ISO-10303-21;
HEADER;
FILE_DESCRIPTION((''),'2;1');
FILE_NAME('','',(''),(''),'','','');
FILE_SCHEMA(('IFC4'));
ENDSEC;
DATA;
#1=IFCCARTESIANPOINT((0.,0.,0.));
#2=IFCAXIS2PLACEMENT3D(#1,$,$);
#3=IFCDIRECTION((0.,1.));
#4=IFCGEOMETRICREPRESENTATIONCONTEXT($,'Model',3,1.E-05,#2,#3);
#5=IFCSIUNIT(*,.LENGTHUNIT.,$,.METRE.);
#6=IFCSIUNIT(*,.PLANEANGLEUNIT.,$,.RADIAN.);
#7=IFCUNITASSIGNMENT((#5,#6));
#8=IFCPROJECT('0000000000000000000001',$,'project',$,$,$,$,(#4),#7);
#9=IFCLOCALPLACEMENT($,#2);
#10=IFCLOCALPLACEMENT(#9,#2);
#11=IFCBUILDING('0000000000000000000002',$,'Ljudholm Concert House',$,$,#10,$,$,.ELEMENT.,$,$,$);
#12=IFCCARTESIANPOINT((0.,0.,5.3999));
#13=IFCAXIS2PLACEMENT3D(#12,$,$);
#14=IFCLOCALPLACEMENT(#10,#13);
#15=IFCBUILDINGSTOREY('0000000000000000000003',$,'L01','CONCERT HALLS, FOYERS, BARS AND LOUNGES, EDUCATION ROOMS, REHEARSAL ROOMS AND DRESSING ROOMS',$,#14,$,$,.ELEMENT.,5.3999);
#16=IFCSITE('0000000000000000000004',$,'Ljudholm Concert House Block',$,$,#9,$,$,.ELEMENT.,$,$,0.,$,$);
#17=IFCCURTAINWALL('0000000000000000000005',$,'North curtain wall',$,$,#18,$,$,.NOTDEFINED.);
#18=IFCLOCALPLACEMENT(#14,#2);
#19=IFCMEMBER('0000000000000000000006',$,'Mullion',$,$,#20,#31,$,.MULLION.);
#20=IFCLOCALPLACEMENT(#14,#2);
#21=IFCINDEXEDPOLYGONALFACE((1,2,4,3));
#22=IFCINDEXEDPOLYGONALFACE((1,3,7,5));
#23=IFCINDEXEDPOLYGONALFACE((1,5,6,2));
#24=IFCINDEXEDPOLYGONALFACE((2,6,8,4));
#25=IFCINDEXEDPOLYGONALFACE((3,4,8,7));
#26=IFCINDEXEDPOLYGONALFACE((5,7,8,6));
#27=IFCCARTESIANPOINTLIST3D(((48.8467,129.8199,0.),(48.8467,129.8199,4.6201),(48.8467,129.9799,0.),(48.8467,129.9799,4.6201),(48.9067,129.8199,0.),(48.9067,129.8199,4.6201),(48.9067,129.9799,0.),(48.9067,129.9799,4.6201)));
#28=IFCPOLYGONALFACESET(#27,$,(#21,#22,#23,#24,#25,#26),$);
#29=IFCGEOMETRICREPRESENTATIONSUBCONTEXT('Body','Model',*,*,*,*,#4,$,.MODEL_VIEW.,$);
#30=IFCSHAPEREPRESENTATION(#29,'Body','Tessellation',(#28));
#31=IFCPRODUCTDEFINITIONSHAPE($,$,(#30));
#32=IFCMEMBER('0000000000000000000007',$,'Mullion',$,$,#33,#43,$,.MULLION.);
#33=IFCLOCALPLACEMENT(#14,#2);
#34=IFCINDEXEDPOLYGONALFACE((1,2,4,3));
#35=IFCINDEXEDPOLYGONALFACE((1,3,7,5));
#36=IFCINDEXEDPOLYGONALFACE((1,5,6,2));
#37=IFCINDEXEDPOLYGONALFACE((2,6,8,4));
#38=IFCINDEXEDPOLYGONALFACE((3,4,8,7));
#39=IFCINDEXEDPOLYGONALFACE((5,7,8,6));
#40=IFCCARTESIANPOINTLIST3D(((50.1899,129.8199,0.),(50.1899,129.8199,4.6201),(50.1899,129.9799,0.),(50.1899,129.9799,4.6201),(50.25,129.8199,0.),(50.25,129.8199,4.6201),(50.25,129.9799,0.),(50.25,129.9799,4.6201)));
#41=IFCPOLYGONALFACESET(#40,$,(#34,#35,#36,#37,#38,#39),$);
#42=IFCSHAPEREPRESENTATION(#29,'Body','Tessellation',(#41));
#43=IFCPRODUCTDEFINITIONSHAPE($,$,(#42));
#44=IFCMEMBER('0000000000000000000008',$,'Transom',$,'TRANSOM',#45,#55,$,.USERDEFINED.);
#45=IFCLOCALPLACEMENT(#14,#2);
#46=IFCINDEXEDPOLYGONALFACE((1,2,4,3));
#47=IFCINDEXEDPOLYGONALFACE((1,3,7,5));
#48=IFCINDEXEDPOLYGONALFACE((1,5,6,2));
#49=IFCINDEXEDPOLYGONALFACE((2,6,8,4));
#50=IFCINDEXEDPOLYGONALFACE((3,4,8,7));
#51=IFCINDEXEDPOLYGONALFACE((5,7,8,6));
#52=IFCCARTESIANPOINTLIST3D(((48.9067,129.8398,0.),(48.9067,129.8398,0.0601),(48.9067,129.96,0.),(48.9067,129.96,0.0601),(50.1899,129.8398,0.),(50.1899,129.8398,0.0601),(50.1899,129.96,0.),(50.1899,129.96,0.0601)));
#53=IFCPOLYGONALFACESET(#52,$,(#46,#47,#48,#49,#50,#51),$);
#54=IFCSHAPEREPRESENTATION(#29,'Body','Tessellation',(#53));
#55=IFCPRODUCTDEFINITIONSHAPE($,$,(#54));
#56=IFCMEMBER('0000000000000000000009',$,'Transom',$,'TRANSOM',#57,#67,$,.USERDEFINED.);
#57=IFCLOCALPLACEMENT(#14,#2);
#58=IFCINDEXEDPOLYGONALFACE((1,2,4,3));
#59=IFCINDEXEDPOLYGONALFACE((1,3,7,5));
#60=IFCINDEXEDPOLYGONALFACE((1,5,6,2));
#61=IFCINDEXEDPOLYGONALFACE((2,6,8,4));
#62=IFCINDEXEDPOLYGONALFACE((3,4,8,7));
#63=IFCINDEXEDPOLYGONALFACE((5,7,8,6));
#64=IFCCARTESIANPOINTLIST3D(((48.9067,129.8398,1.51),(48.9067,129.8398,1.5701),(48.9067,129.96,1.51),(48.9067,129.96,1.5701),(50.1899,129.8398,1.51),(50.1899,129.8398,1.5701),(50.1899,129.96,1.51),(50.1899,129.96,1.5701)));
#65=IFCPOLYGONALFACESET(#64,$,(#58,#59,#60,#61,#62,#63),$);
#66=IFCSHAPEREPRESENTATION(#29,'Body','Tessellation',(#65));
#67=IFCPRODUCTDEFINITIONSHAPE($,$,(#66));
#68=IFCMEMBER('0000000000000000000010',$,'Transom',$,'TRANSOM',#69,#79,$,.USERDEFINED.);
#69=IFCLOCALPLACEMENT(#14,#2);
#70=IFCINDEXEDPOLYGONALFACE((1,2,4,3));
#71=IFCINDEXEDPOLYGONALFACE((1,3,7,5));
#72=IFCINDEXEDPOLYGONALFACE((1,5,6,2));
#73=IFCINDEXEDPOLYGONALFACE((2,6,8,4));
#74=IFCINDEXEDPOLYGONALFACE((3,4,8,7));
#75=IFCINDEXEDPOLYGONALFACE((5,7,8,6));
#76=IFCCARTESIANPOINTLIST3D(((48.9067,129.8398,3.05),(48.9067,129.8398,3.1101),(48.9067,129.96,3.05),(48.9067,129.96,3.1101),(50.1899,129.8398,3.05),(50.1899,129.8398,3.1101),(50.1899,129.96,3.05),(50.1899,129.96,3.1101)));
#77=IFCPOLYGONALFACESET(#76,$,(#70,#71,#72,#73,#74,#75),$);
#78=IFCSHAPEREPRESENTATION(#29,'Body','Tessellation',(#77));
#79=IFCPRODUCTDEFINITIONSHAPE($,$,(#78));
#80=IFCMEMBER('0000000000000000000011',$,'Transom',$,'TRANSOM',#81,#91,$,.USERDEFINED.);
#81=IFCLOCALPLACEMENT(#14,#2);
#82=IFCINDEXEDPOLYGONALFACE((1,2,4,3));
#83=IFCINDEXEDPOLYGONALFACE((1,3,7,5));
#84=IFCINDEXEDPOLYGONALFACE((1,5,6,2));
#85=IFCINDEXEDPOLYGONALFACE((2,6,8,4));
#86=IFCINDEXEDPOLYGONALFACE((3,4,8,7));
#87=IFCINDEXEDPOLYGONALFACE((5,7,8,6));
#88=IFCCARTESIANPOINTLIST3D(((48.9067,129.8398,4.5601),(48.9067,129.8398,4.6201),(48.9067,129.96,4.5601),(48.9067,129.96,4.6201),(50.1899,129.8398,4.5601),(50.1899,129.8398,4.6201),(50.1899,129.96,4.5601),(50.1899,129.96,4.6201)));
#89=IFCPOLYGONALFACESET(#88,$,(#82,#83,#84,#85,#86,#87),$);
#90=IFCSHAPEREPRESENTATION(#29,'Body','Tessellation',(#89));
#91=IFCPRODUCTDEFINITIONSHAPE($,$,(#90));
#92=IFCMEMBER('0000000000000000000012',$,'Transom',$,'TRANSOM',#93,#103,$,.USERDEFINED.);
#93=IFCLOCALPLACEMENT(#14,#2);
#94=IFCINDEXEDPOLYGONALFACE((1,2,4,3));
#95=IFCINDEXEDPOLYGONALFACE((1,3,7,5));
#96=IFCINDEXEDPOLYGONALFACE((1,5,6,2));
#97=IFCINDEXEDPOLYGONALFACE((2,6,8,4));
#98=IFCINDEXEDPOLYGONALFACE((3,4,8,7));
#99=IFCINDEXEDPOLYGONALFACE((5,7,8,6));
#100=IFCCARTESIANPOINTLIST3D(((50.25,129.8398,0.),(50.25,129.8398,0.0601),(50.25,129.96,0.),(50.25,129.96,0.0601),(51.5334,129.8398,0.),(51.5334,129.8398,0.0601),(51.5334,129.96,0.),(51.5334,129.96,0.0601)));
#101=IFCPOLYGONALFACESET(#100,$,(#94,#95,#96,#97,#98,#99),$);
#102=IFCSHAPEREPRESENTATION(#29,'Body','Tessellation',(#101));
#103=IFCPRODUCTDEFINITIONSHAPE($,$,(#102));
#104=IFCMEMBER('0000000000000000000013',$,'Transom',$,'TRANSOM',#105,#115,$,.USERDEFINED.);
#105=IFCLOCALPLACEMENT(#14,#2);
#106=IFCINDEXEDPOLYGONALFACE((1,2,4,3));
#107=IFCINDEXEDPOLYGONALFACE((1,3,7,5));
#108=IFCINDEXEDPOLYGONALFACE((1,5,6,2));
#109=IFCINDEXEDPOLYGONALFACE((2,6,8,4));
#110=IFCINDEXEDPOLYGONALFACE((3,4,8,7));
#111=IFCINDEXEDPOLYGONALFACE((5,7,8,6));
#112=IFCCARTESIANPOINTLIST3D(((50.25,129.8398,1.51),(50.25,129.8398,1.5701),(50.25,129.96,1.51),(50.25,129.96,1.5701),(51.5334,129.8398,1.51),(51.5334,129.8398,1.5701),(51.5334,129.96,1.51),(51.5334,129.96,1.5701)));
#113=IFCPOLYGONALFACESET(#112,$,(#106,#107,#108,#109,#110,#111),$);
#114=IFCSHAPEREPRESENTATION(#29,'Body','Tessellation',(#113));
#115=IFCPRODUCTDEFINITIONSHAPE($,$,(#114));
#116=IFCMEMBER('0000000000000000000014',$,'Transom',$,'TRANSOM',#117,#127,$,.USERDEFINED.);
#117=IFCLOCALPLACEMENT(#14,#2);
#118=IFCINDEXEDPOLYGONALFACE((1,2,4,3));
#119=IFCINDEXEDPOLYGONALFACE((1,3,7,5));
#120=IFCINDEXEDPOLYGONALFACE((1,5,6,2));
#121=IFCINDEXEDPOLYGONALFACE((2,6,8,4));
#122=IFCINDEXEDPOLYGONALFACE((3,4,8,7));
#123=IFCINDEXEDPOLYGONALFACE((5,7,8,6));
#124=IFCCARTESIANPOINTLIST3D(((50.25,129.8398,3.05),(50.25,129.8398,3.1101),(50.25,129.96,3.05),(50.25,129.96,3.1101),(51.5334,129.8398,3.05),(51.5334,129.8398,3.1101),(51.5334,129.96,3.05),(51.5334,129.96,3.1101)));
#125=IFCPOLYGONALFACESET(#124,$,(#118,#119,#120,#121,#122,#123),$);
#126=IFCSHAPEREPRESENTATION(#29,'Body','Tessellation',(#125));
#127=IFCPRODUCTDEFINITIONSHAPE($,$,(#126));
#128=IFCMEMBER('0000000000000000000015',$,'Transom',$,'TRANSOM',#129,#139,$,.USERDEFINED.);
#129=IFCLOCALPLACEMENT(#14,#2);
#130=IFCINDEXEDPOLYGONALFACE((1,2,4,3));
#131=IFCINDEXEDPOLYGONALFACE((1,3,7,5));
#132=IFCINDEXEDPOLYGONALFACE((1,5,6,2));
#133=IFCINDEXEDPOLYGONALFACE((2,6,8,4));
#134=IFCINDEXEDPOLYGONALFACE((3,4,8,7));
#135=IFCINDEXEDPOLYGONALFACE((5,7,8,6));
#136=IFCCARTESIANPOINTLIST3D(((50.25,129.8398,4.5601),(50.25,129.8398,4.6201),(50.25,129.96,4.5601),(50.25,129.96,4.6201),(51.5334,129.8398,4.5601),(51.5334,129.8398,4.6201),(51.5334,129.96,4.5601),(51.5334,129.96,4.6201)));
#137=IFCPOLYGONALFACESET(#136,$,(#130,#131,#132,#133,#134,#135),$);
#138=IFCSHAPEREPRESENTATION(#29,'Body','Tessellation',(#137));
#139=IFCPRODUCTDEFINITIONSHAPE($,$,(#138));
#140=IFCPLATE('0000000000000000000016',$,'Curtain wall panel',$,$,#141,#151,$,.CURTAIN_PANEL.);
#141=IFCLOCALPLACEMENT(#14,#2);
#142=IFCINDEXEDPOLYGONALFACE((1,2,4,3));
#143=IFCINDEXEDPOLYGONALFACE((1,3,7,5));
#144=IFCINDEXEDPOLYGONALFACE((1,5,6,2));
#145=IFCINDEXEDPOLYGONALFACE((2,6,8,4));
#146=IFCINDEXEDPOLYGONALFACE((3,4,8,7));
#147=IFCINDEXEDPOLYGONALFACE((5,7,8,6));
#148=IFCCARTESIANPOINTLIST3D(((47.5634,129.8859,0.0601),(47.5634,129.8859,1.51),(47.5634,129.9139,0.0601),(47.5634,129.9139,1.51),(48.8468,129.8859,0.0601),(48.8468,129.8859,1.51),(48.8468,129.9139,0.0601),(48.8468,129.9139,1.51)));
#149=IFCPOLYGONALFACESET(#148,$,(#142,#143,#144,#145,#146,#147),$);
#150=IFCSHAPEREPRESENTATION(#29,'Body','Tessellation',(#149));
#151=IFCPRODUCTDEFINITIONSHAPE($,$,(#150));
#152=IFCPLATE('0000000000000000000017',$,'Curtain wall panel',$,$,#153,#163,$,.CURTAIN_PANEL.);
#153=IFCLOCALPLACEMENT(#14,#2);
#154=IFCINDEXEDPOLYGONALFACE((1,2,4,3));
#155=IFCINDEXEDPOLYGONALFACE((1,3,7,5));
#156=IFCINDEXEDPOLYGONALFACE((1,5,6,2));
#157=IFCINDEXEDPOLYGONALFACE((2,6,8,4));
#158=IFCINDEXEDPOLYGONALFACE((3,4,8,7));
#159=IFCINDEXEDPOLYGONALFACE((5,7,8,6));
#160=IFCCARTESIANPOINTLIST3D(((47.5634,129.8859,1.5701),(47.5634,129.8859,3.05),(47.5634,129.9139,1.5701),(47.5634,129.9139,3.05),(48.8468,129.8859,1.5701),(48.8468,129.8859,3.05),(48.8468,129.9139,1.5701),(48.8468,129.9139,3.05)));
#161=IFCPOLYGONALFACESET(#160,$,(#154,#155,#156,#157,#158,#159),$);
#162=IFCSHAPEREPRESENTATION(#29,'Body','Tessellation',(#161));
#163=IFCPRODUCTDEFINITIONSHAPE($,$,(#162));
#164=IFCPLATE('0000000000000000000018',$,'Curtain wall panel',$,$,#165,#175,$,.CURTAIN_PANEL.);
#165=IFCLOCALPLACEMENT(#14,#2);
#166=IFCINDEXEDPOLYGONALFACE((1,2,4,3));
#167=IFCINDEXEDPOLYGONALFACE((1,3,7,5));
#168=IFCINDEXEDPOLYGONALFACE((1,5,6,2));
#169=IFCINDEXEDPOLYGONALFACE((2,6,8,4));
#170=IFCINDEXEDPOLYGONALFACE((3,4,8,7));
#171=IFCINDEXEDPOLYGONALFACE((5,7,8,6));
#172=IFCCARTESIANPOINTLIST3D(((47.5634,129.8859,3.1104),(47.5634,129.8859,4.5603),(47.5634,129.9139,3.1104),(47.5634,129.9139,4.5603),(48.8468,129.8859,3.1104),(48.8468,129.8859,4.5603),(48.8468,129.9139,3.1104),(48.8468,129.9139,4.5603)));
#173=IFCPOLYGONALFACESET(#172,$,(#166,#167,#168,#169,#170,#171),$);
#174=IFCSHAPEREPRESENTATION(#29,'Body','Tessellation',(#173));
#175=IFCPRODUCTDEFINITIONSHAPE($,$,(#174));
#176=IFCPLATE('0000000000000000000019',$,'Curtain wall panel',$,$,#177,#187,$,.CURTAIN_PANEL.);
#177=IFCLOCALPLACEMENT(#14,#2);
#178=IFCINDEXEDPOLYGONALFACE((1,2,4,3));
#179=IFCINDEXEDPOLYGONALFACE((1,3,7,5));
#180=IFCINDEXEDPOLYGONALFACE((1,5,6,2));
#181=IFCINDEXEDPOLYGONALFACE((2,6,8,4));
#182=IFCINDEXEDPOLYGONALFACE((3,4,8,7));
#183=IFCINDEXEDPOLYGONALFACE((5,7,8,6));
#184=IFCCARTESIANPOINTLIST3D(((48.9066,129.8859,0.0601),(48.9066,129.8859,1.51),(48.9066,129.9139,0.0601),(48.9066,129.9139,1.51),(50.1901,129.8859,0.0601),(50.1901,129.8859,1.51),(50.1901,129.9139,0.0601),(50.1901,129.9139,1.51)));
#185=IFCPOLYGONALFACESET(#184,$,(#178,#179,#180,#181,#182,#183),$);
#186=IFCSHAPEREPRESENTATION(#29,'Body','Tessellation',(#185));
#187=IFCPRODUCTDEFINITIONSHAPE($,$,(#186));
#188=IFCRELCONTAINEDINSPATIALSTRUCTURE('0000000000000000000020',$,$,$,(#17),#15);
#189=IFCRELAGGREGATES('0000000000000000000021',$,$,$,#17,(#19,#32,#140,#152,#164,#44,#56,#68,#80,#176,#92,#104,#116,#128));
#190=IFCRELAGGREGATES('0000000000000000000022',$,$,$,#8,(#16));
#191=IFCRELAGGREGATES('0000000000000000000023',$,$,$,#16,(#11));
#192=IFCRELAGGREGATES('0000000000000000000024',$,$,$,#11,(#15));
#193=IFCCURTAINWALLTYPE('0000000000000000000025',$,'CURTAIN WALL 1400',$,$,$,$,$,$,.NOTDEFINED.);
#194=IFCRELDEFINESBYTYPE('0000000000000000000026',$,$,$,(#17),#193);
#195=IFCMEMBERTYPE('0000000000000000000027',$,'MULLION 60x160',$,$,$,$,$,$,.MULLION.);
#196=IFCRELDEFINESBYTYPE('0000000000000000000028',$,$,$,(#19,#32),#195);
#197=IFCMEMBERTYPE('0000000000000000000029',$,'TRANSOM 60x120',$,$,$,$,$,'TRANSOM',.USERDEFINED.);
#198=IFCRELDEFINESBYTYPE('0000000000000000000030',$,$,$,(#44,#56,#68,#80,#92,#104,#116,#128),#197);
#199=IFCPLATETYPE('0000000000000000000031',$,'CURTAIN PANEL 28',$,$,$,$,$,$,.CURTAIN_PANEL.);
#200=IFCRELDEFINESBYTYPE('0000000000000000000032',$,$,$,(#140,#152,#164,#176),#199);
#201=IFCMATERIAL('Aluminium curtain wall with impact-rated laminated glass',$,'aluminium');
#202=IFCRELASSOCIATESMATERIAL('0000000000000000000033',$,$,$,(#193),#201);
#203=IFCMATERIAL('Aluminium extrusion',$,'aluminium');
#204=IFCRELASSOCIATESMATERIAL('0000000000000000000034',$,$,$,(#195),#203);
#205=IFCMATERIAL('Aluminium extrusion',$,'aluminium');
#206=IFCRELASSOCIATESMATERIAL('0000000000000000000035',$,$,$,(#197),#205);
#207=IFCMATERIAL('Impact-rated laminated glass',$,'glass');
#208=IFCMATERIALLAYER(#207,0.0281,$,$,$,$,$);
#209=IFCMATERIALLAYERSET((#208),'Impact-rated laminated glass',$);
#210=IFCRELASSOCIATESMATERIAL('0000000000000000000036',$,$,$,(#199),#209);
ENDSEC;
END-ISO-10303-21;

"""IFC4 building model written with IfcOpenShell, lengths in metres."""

from ifc_helpers import new_model, si_unit, direction, frame, origin, origin_2d, place, context, subcontext, project, spatial, rectangle, extrude, material, layer, layer_set, material_profile, profile_set, type_object, element, aggregate, save


model = new_model("IFC4")

# Units and contexts
model_context = context("Model", 3, precision=1e-05, world=origin(), true_north=direction((0.0, 1.0)))
body_context = subcontext(model_context, "Body", "Model", "MODEL_VIEW")
ifc_project = project(units=[si_unit("LENGTHUNIT", "METRE"), si_unit("PLANEANGLEUNIT", "RADIAN")], contexts=[model_context])

# Site, building, storey
site_placement = place(None, origin())
site = spatial("IfcSite", under=ifc_project, at=site_placement, Name="Ljudholm Concert House Block", CompositionType="ELEMENT", RefElevation=0.0)
building_placement = place(site_placement, origin())
building = spatial("IfcBuilding", under=site, at=building_placement, Name="Ljudholm Concert House", CompositionType="ELEMENT")
storey_placement = place(building_placement, frame((0.0, 0.0, 5.3999)))
storey = spatial("IfcBuildingStorey", under=building, at=storey_placement, Name="L01", Description="CONCERT HALLS, FOYERS, BARS AND LOUNGES, EDUCATION ROOMS, REHEARSAL ROOMS AND DRESSING ROOMS", CompositionType="ELEMENT", Elevation=5.3999)

# Curtain wall, members, plates
ifc_material_1 = material(Name="Aluminium curtain wall with impact-rated laminated glass", Category="aluminium")
curtain_wall_type = type_object("IfcCurtainWallType", Name="CURTAIN WALL 1400", PredefinedType="NOTDEFINED", material=ifc_material_1)
curtain_wall_placement = place(storey_placement, origin())
curtain_wall = element("IfcCurtainWall", 1, at=curtain_wall_placement, inside=storey, type_object=curtain_wall_type, Name="North curtain wall", PredefinedType="NOTDEFINED")
ifc_material_2 = material(Name="Aluminium extrusion", Category="aluminium")
ifc_material_profile_1 = material_profile(ifc_material_2, rectangle(XDim=0.1599, YDim=0.0601, at=origin_2d()), Name="MULLION 60x160")
ifc_profile_set_1 = profile_set([ifc_material_profile_1], Name="Aluminium extrusion")
member_type_1 = type_object("IfcMemberType", Name="MULLION 60x160", PredefinedType="MULLION", material=ifc_profile_set_1)
member_1_placement = place(storey_placement, frame((48.8767, 129.8999, 0.0), z_axis=(0.0, 0.0, 1.0), x_axis=(0.0, 1.0, 0.0)))
member_1 = element("IfcMember", 2, at=member_1_placement, type_object=member_type_1, Name="Mullion", PredefinedType="MULLION", context=body_context, shape_type="SweptSolid", body=[
    extrude(rectangle(XDim=0.1599, YDim=0.0601, at=origin_2d()), origin(), (0.0, 0.0, 1.0), 4.6201),
])
member_2_placement = place(storey_placement, frame((50.22, 129.8999, 0.0), z_axis=(0.0, 0.0, 1.0), x_axis=(0.0, 1.0, 0.0)))
member_2 = element("IfcMember", 3, at=member_2_placement, type_object=member_type_1, Name="Mullion", PredefinedType="MULLION", context=body_context, shape_type="SweptSolid", body=[
    extrude(rectangle(XDim=0.1599, YDim=0.0601, at=origin_2d()), origin(), (0.0, 0.0, 1.0), 4.6201),
])
ifc_material_3 = material(Name="Aluminium extrusion", Category="aluminium")
ifc_material_profile_2 = material_profile(ifc_material_3, rectangle(XDim=0.1201, YDim=0.0601, at=origin_2d()), Name="TRANSOM 60x120")
ifc_profile_set_2 = profile_set([ifc_material_profile_2], Name="Aluminium extrusion")
member_type_2 = type_object("IfcMemberType", Name="TRANSOM 60x120", ElementType="TRANSOM", PredefinedType="USERDEFINED", material=ifc_profile_set_2)
member_3_placement = place(storey_placement, frame((48.9067, 129.8999, 0.03), z_axis=(1.0, 0.0, 0.0), x_axis=(0.0, 1.0, 0.0)))
member_3 = element("IfcMember", 4, at=member_3_placement, type_object=member_type_2, Name="Transom", ObjectType="TRANSOM", PredefinedType="USERDEFINED", context=body_context, shape_type="SweptSolid", body=[
    extrude(rectangle(XDim=0.1201, YDim=0.0601, at=origin_2d()), origin(), (0.0, 0.0, 1.0), 1.2832),
])
member_4_placement = place(storey_placement, frame((48.9067, 129.8999, 1.54), z_axis=(1.0, 0.0, 0.0), x_axis=(0.0, 1.0, 0.0)))
member_4 = element("IfcMember", 5, at=member_4_placement, type_object=member_type_2, Name="Transom", ObjectType="TRANSOM", PredefinedType="USERDEFINED", context=body_context, shape_type="SweptSolid", body=[
    extrude(rectangle(XDim=0.1201, YDim=0.0601, at=origin_2d()), origin(), (0.0, 0.0, 1.0), 1.2832),
])
member_5_placement = place(storey_placement, frame((48.9067, 129.8999, 3.0801), z_axis=(1.0, 0.0, 0.0), x_axis=(0.0, 1.0, 0.0)))
member_5 = element("IfcMember", 6, at=member_5_placement, type_object=member_type_2, Name="Transom", ObjectType="TRANSOM", PredefinedType="USERDEFINED", context=body_context, shape_type="SweptSolid", body=[
    extrude(rectangle(XDim=0.1201, YDim=0.0601, at=origin_2d()), origin(), (0.0, 0.0, 1.0), 1.2832),
])
member_6_placement = place(storey_placement, frame((48.9067, 129.8999, 4.5901), z_axis=(1.0, 0.0, 0.0), x_axis=(0.0, 1.0, 0.0)))
member_6 = element("IfcMember", 7, at=member_6_placement, type_object=member_type_2, Name="Transom", ObjectType="TRANSOM", PredefinedType="USERDEFINED", context=body_context, shape_type="SweptSolid", body=[
    extrude(rectangle(XDim=0.1201, YDim=0.0601, at=origin_2d()), origin(), (0.0, 0.0, 1.0), 1.2832),
])
member_7_placement = place(storey_placement, frame((50.25, 129.8999, 0.03), z_axis=(1.0, 0.0, 0.0), x_axis=(0.0, 1.0, 0.0)))
member_7 = element("IfcMember", 8, at=member_7_placement, type_object=member_type_2, Name="Transom", ObjectType="TRANSOM", PredefinedType="USERDEFINED", context=body_context, shape_type="SweptSolid", body=[
    extrude(rectangle(XDim=0.1201, YDim=0.0601, at=origin_2d()), origin(), (0.0, 0.0, 1.0), 1.2834),
])
member_8_placement = place(storey_placement, frame((50.25, 129.8999, 1.54), z_axis=(1.0, 0.0, 0.0), x_axis=(0.0, 1.0, 0.0)))
member_8 = element("IfcMember", 9, at=member_8_placement, type_object=member_type_2, Name="Transom", ObjectType="TRANSOM", PredefinedType="USERDEFINED", context=body_context, shape_type="SweptSolid", body=[
    extrude(rectangle(XDim=0.1201, YDim=0.0601, at=origin_2d()), origin(), (0.0, 0.0, 1.0), 1.2834),
])
member_9_placement = place(storey_placement, frame((50.25, 129.8999, 3.0801), z_axis=(1.0, 0.0, 0.0), x_axis=(0.0, 1.0, 0.0)))
member_9 = element("IfcMember", 10, at=member_9_placement, type_object=member_type_2, Name="Transom", ObjectType="TRANSOM", PredefinedType="USERDEFINED", context=body_context, shape_type="SweptSolid", body=[
    extrude(rectangle(XDim=0.1201, YDim=0.0601, at=origin_2d()), origin(), (0.0, 0.0, 1.0), 1.2834),
])
member_10_placement = place(storey_placement, frame((50.25, 129.8999, 4.5901), z_axis=(1.0, 0.0, 0.0), x_axis=(0.0, 1.0, 0.0)))
member_10 = element("IfcMember", 11, at=member_10_placement, type_object=member_type_2, Name="Transom", ObjectType="TRANSOM", PredefinedType="USERDEFINED", context=body_context, shape_type="SweptSolid", body=[
    extrude(rectangle(XDim=0.1201, YDim=0.0601, at=origin_2d()), origin(), (0.0, 0.0, 1.0), 1.2834),
])
ifc_material_4 = material(Name="Impact-rated laminated glass", Category="glass")
ifc_layer_1 = layer(ifc_material_4, 0.0281)
ifc_layer_set_1 = layer_set([ifc_layer_1], Name="Impact-rated laminated glass")
plate_type_1 = type_object("IfcPlateType", Name="CURTAIN PANEL 28", PredefinedType="CURTAIN_PANEL", material=ifc_layer_set_1)
plate_1_placement = place(storey_placement, frame((48.2051, 129.8999, 0.0601), z_axis=(0.0, 0.0, 1.0), x_axis=(1.0, 0.0, 0.0)))
plate_1 = element("IfcPlate", 12, at=plate_1_placement, type_object=plate_type_1, Name="Curtain wall panel", PredefinedType="CURTAIN_PANEL", context=body_context, shape_type="SweptSolid", body=[
    extrude(rectangle(XDim=1.2834, YDim=0.0281, at=origin_2d()), origin(), (0.0, 0.0, 1.0), 1.45),
])
plate_2_placement = place(storey_placement, frame((48.2051, 129.8999, 1.5701), z_axis=(0.0, 0.0, 1.0), x_axis=(1.0, 0.0, 0.0)))
plate_2 = element("IfcPlate", 13, at=plate_2_placement, type_object=plate_type_1, Name="Curtain wall panel", PredefinedType="CURTAIN_PANEL", context=body_context, shape_type="SweptSolid", body=[
    extrude(rectangle(XDim=1.2834, YDim=0.0281, at=origin_2d()), origin(), (0.0, 0.0, 1.0), 1.48),
])
plate_3_placement = place(storey_placement, frame((48.2051, 129.8999, 3.1104), z_axis=(0.0, 0.0, 1.0), x_axis=(1.0, 0.0, 0.0)))
plate_3 = element("IfcPlate", 14, at=plate_3_placement, type_object=plate_type_1, Name="Curtain wall panel", PredefinedType="CURTAIN_PANEL", context=body_context, shape_type="SweptSolid", body=[
    extrude(rectangle(XDim=1.2834, YDim=0.0281, at=origin_2d()), origin(), (0.0, 0.0, 1.0), 1.45),
])
plate_4_placement = place(storey_placement, frame((49.5483, 129.8999, 0.0601), z_axis=(0.0, 0.0, 1.0), x_axis=(1.0, 0.0, 0.0)))
plate_4 = element("IfcPlate", 15, at=plate_4_placement, type_object=plate_type_1, Name="Curtain wall panel", PredefinedType="CURTAIN_PANEL", context=body_context, shape_type="SweptSolid", body=[
    extrude(rectangle(XDim=1.2834, YDim=0.0281, at=origin_2d()), origin(), (0.0, 0.0, 1.0), 1.45),
])
aggregate(curtain_wall, [member_1, member_2, plate_1, plate_2, plate_3, member_3, member_4, member_5, member_6, plate_4, member_7, member_8, member_9, member_10])

save(model, "model.ifc")
